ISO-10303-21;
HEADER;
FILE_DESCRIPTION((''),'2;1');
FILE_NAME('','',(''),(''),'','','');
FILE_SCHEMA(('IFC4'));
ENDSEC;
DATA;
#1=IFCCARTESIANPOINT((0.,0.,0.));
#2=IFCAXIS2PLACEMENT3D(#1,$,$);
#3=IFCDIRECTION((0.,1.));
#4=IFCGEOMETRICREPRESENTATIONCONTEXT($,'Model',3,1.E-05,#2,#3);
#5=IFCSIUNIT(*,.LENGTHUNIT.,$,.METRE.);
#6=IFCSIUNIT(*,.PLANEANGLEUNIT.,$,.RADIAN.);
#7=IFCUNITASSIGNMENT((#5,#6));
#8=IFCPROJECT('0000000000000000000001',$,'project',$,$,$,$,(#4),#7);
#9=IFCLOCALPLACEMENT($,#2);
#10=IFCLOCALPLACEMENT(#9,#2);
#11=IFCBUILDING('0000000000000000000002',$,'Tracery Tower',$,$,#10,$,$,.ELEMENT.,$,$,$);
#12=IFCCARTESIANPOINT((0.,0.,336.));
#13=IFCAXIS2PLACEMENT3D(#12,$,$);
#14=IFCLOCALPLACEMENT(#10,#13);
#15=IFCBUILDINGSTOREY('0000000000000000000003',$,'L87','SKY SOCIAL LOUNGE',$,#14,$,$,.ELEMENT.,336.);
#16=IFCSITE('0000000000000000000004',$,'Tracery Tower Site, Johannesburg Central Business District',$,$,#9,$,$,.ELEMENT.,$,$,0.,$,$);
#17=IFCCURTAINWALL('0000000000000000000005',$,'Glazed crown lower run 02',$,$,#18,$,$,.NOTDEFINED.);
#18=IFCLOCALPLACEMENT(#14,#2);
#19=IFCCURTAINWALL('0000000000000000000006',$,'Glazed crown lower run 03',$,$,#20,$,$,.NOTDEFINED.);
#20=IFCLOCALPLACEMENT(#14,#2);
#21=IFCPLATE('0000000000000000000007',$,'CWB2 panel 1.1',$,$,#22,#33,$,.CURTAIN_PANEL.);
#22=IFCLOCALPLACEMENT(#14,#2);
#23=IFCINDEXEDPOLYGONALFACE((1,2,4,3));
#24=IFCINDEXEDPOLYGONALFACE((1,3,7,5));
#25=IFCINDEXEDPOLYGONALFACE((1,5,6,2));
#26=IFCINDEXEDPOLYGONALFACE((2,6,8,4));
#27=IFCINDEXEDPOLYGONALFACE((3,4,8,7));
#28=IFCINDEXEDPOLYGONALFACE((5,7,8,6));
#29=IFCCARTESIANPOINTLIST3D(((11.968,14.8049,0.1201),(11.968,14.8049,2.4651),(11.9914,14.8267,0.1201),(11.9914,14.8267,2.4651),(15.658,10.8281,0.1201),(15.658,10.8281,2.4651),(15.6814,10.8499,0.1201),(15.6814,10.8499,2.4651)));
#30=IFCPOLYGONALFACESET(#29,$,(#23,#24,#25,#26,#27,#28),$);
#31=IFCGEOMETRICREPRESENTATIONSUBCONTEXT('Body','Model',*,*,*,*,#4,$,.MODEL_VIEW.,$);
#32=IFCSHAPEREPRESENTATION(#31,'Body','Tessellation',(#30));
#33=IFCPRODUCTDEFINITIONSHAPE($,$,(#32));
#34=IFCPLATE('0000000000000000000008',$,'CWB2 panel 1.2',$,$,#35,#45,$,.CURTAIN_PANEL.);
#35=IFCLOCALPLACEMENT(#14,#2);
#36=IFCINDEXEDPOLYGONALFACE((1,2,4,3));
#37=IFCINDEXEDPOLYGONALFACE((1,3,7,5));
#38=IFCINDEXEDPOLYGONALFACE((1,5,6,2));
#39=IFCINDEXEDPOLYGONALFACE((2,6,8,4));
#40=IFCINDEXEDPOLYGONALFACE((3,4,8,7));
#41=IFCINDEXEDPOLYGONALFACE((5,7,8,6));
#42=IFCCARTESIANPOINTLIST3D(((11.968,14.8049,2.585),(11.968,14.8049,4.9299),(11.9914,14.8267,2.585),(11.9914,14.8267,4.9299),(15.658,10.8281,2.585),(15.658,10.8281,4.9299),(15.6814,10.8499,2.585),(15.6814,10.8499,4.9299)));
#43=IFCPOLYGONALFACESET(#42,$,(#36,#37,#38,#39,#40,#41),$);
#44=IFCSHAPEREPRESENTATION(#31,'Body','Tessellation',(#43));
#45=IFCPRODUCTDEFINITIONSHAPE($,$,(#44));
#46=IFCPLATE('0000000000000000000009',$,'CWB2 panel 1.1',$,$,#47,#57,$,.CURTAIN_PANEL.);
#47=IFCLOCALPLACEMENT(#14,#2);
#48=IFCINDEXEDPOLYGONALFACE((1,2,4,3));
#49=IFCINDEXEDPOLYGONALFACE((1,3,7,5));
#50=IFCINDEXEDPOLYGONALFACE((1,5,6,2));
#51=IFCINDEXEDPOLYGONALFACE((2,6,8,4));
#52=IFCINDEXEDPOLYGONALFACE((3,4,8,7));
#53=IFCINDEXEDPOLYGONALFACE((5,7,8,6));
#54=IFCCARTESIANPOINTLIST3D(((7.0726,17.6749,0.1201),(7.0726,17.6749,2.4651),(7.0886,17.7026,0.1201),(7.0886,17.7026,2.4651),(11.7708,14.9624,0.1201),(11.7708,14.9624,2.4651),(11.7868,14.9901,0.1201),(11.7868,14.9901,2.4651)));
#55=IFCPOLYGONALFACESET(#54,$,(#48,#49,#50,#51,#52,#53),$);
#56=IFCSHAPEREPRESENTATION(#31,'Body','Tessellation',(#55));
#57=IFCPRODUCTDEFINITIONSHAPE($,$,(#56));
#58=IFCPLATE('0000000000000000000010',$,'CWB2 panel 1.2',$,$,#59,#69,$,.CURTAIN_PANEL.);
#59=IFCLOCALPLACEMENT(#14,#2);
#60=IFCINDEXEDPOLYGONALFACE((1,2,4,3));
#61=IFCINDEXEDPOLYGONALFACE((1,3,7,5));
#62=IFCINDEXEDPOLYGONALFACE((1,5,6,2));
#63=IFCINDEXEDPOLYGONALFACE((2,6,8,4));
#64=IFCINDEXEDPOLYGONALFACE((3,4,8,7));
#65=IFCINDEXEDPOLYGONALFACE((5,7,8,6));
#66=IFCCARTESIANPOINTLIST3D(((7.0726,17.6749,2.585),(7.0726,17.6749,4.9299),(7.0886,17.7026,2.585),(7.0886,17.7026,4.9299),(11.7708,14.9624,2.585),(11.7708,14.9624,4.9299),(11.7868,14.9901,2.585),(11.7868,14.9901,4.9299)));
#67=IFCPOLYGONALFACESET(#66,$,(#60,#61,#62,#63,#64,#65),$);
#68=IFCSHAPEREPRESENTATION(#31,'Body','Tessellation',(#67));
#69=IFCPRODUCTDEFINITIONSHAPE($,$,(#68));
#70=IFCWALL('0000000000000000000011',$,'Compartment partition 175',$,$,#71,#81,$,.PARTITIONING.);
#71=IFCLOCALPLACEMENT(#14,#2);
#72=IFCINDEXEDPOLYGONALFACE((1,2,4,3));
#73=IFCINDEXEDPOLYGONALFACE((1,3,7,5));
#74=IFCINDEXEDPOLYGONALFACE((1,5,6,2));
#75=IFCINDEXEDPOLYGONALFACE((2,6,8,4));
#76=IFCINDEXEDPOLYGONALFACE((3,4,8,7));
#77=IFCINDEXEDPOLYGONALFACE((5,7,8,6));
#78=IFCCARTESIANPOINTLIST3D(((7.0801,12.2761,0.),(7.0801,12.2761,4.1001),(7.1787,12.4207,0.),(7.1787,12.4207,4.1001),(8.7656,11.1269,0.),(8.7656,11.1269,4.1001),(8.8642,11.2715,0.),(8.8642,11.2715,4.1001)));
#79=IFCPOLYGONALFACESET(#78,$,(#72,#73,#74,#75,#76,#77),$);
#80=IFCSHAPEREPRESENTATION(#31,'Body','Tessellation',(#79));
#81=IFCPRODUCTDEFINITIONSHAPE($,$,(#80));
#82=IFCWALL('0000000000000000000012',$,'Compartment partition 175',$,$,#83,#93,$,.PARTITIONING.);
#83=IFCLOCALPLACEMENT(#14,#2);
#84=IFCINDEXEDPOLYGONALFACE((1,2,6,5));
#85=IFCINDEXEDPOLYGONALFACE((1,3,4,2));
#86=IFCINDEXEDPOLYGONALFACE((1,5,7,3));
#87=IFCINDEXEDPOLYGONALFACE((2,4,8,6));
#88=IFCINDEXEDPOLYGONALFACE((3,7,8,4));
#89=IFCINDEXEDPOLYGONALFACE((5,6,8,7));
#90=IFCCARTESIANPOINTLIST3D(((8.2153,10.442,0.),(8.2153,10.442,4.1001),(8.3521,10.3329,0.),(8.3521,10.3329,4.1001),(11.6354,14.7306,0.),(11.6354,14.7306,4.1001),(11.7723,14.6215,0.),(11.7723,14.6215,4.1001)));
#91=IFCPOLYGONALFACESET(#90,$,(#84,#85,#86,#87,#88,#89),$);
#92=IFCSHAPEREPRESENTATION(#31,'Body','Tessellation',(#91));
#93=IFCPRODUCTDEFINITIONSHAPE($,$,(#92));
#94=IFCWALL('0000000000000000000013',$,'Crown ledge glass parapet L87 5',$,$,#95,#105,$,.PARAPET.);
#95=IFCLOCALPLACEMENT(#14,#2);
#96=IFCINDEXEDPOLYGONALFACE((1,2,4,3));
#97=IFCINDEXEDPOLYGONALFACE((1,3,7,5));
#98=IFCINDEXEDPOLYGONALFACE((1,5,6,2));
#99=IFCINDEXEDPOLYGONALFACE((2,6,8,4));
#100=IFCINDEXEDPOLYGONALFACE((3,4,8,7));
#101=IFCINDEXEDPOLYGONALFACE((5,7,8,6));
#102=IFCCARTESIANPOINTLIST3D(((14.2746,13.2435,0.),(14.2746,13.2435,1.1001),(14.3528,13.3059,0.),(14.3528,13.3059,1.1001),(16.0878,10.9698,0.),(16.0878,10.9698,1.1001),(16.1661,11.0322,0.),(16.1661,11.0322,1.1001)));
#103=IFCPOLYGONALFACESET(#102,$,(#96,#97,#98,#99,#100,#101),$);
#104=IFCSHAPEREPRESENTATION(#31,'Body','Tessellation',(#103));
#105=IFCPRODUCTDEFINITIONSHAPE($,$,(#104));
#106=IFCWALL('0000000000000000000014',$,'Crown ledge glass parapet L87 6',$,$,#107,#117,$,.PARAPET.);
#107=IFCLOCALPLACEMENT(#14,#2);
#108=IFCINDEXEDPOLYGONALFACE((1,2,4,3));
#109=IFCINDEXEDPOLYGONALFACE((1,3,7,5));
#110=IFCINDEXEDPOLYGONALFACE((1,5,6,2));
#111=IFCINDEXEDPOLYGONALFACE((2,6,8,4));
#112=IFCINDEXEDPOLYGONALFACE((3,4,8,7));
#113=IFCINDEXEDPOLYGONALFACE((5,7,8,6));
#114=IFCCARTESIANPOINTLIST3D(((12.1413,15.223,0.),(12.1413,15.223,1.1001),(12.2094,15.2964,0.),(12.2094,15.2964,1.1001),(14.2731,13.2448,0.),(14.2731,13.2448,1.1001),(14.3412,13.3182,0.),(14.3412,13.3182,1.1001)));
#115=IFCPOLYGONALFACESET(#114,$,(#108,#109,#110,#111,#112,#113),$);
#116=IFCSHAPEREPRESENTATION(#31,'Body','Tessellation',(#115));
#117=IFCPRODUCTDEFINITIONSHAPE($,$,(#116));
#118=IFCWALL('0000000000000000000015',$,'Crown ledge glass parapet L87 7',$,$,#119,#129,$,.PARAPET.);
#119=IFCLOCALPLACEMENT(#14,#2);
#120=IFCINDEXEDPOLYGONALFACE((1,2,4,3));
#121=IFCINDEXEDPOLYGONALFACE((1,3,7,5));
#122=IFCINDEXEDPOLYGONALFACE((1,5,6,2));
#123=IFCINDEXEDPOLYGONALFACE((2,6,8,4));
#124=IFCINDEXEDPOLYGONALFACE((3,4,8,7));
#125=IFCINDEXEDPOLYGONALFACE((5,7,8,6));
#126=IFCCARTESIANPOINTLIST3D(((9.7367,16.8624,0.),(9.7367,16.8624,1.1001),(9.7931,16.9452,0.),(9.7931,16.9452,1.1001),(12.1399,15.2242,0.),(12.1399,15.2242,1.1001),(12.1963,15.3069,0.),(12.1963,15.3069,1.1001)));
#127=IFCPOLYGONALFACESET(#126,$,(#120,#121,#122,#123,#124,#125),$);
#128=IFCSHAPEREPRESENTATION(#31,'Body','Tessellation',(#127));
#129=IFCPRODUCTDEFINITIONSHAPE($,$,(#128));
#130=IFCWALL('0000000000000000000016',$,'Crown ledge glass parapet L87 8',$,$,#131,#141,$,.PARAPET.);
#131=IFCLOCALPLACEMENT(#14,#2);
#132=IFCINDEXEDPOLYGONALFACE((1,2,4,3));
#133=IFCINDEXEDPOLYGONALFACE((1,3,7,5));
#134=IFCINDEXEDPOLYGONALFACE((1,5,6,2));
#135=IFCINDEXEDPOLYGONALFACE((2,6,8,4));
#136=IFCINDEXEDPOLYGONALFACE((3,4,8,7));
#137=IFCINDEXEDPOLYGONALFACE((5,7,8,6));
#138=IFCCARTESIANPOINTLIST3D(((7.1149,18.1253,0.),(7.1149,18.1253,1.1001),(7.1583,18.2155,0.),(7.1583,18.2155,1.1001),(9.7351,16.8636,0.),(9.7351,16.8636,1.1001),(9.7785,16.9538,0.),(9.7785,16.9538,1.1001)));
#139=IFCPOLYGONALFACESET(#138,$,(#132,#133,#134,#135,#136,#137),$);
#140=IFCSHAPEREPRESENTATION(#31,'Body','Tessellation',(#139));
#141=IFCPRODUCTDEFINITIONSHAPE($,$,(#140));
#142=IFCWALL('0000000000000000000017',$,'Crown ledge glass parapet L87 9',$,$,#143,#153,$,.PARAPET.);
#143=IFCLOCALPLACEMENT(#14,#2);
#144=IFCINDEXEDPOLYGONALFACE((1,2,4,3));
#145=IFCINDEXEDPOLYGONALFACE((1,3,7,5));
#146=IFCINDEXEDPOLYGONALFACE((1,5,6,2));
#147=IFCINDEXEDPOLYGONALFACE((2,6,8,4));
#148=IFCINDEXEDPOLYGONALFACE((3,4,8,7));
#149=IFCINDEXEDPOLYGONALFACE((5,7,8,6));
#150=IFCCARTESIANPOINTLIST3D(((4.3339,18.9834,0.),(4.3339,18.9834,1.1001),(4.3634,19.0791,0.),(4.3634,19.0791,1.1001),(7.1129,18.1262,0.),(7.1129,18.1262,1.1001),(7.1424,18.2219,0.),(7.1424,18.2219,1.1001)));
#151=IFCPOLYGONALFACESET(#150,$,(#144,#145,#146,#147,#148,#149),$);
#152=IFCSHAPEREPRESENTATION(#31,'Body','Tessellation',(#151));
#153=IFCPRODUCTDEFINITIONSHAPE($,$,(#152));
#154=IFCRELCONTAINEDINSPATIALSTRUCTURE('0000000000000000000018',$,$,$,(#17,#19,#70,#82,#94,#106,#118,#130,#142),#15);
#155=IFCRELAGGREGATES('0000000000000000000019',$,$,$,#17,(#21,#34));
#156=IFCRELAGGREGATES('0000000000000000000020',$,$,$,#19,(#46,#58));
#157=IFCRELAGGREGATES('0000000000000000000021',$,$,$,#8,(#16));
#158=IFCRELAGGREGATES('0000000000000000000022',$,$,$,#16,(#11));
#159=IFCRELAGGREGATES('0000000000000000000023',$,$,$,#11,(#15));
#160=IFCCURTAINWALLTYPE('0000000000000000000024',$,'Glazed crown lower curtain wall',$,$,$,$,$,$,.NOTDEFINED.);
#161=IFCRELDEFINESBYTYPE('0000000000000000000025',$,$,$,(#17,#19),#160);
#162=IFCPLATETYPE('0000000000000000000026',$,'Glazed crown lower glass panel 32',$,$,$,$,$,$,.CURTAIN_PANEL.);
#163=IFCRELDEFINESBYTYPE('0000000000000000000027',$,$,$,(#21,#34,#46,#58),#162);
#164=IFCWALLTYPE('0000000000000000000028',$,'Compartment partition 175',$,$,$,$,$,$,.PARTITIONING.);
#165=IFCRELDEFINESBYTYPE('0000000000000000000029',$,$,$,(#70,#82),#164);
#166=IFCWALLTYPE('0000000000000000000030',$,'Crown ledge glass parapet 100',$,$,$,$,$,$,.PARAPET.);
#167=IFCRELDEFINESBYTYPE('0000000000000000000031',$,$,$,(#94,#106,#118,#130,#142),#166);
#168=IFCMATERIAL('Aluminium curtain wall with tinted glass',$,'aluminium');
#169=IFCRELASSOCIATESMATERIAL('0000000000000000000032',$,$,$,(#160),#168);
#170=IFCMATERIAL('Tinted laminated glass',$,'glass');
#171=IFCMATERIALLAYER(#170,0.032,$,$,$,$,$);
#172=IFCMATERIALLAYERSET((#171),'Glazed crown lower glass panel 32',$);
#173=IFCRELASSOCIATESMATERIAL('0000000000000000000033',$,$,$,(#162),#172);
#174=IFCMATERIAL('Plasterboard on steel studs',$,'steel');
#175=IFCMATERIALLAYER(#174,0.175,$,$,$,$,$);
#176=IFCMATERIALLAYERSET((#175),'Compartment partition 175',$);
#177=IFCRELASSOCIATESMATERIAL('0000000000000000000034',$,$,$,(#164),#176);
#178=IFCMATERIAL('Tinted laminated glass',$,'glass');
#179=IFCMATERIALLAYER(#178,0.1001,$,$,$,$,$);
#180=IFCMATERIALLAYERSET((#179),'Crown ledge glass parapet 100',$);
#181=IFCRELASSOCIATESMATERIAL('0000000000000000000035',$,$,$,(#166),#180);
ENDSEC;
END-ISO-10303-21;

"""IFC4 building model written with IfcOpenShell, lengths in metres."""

from ifc_helpers import new_model, si_unit, direction, frame, frame_2d, origin, origin_2d, place, context, subcontext, project, spatial, rectangle, extrude, material, layer, layer_set, type_object, element, aggregate, save


model = new_model("IFC4")

# Units and contexts
model_context = context("Model", 3, precision=1e-05, world=origin(), true_north=direction((0.0, 1.0)))
body_context = subcontext(model_context, "Body", "Model", "MODEL_VIEW")
ifc_project = project(units=[si_unit("LENGTHUNIT", "METRE"), si_unit("PLANEANGLEUNIT", "RADIAN")], contexts=[model_context])

# Site, building, storey
site_placement = place(None, origin())
site = spatial("IfcSite", under=ifc_project, at=site_placement, Name="Tracery Tower Site, Johannesburg Central Business District", CompositionType="ELEMENT", RefElevation=0.0)
building_placement = place(site_placement, origin())
building = spatial("IfcBuilding", under=site, at=building_placement, Name="Tracery Tower", CompositionType="ELEMENT")
storey_placement = place(building_placement, frame((0.0, 0.0, 336.0)))
storey = spatial("IfcBuildingStorey", under=building, at=storey_placement, Name="L87", Description="SKY SOCIAL LOUNGE", CompositionType="ELEMENT", Elevation=336.0)

# Curtain wall
ifc_material_1 = material(Name="Aluminium curtain wall with tinted glass", Category="aluminium")
curtain_wall_type = type_object("IfcCurtainWallType", Name="Glazed crown lower curtain wall", PredefinedType="NOTDEFINED", material=ifc_material_1)
curtain_wall_1_placement = place(storey_placement, origin())
curtain_wall_1 = element("IfcCurtainWall", 1, at=curtain_wall_1_placement, inside=storey, type_object=curtain_wall_type, Name="Glazed crown lower run 02", PredefinedType="NOTDEFINED")

# Curtain wall
curtain_wall_2_placement = place(storey_placement, origin())
curtain_wall_2 = element("IfcCurtainWall", 2, at=curtain_wall_2_placement, inside=storey, type_object=curtain_wall_type, Name="Glazed crown lower run 03", PredefinedType="NOTDEFINED")

# Plates
ifc_material_2 = material(Name="Tinted laminated glass", Category="glass")
ifc_layer_1 = layer(ifc_material_2, 0.032)
ifc_layer_set_1 = layer_set([ifc_layer_1], Name="Glazed crown lower glass panel 32")
plate_type = type_object("IfcPlateType", Name="Glazed crown lower glass panel 32", PredefinedType="CURTAIN_PANEL", material=ifc_layer_set_1)
plate_1_placement = place(storey_placement, frame((13.8247, 12.8274, 0.1201), z_axis=(0.0, 0.0, 1.0), x_axis=(-0.680181, 0.733044, 0.0)))
plate_1 = element("IfcPlate", 3, at=plate_1_placement, type_object=plate_type, Name="CWB2 panel 1.1", PredefinedType="CURTAIN_PANEL", context=body_context, shape_type="SweptSolid", body=[
    extrude(rectangle(XDim=5.425, YDim=0.032, at=origin_2d()), origin(), (0.0, 0.0, 1.0), 2.345),
])
plate_2_placement = place(storey_placement, frame((13.8247, 12.8274, 2.585), z_axis=(0.0, 0.0, 1.0), x_axis=(-0.680181, 0.733044, 0.0)))
plate_2 = element("IfcPlate", 4, at=plate_2_placement, type_object=plate_type, Name="CWB2 panel 1.2", PredefinedType="CURTAIN_PANEL", context=body_context, shape_type="SweptSolid", body=[
    extrude(rectangle(XDim=5.425, YDim=0.032, at=origin_2d()), origin(), (0.0, 0.0, 1.0), 2.345),
])
aggregate(curtain_wall_1, [plate_1, plate_2])
plate_3_placement = place(storey_placement, frame((9.4297, 16.3325, 0.1201), z_axis=(0.0, 0.0, 1.0), x_axis=(-0.866023, 0.500004, 0.0)))
plate_3 = element("IfcPlate", 5, at=plate_3_placement, type_object=plate_type, Name="CWB2 panel 1.1", PredefinedType="CURTAIN_PANEL", context=body_context, shape_type="SweptSolid", body=[
    extrude(rectangle(XDim=5.425, YDim=0.032, at=origin_2d()), origin(), (0.0, 0.0, 1.0), 2.345),
])
plate_4_placement = place(storey_placement, frame((9.4297, 16.3325, 2.585), z_axis=(0.0, 0.0, 1.0), x_axis=(-0.866023, 0.500004, 0.0)))
plate_4 = element("IfcPlate", 6, at=plate_4_placement, type_object=plate_type, Name="CWB2 panel 1.2", PredefinedType="CURTAIN_PANEL", context=body_context, shape_type="SweptSolid", body=[
    extrude(rectangle(XDim=5.425, YDim=0.032, at=origin_2d()), origin(), (0.0, 0.0, 1.0), 2.345),
])
aggregate(curtain_wall_2, [plate_3, plate_4])

# Walls
ifc_material_3 = material(Name="Plasterboard on steel studs", Category="steel")
ifc_layer_2 = layer(ifc_material_3, 0.175)
ifc_layer_set_2 = layer_set([ifc_layer_2], Name="Compartment partition 175")
wall_type_1 = type_object("IfcWallType", Name="Compartment partition 175", PredefinedType="PARTITIONING", material=ifc_layer_set_2)
wall_1_placement = place(storey_placement, frame((8.8149, 11.1992, 0.0), z_axis=(0.0, 0.0, 1.0), x_axis=(-0.826243, 0.563315, 0.0)))
element("IfcWall", 7, at=wall_1_placement, inside=storey, type_object=wall_type_1, Name="Compartment partition 175", PredefinedType="PARTITIONING", context=body_context, shape_type="SweptSolid", body=[
    extrude(rectangle(XDim=2.04, YDim=0.175, at=frame_2d((1.02, 0.0))), origin(), (0.0, 0.0, 1.0), 4.1001),
])
wall_2_placement = place(storey_placement, frame((11.7039, 14.676, 0.0), z_axis=(0.0, 0.0, 1.0), x_axis=(-0.623506, -0.781819, 0.0)))
element("IfcWall", 8, at=wall_2_placement, inside=storey, type_object=wall_type_1, Name="Compartment partition 175", PredefinedType="PARTITIONING", context=body_context, shape_type="SweptSolid", body=[
    extrude(rectangle(XDim=5.4854, YDim=0.175, at=frame_2d((2.7427, 0.0))), origin(), (0.0, 0.0, 1.0), 4.1001),
])
ifc_material_4 = material(Name="Tinted laminated glass", Category="glass")
ifc_layer_3 = layer(ifc_material_4, 0.1001)
ifc_layer_set_3 = layer_set([ifc_layer_3], Name="Crown ledge glass parapet 100")
wall_type_2 = type_object("IfcWallType", Name="Crown ledge glass parapet 100", PredefinedType="PARAPET", material=ifc_layer_set_3)
for number, where, z_axis, x_axis, name in (
    (9, (16.127, 11.001, 0.0), (0.0, 0.0, 1.0), (-0.623496, 0.781826, 0.0), "Crown ledge glass parapet L87 5"),
    (10, (14.3071, 13.2815, 0.0), (0.0, 0.0, 1.0), (-0.733015, 0.680213, 0.0), "Crown ledge glass parapet L87 6"),
):
    element("IfcWall", number, at=place(storey_placement, frame(where, z_axis=z_axis, x_axis=x_axis)), inside=storey, type_object=wall_type_2, Name=name, PredefinedType="PARAPET", context=body_context, shape_type="SweptSolid", body=[
        extrude(rectangle(XDim=2.9082, YDim=0.1001, at=frame_2d((1.4541, 0.0))), origin(), (0.0, 0.0, 1.0), 1.1001),
    ])
wall_3_placement = place(storey_placement, frame((12.168, 15.2656, 0.0), z_axis=(0.0, 0.0, 1.0), x_axis=(-0.826272, 0.563272, 0.0)))
element("IfcWall", 11, at=wall_3_placement, inside=storey, type_object=wall_type_2, Name="Crown ledge glass parapet L87 7", PredefinedType="PARAPET", context=body_context, shape_type="SweptSolid", body=[
    extrude(rectangle(XDim=2.9084, YDim=0.1001, at=frame_2d((1.4541, 0.0))), origin(), (0.0, 0.0, 1.0), 1.1001),
])
for number, where, z_axis, x_axis, name in (
    (12, (9.7568, 16.9087, 0.0), (0.0, 0.0, 1.0), (-0.900993, 0.433833, 0.0), "Crown ledge glass parapet L87 8"),
    (13, (7.1277, 18.1741, 0.0), (0.0, 0.0, 1.0), (-0.955577, 0.294741, 0.0), "Crown ledge glass parapet L87 9"),
):
    element("IfcWall", number, at=place(storey_placement, frame(where, z_axis=z_axis, x_axis=x_axis)), inside=storey, type_object=wall_type_2, Name=name, PredefinedType="PARAPET", context=body_context, shape_type="SweptSolid", body=[
        extrude(rectangle(XDim=2.9082, YDim=0.1001, at=frame_2d((1.4541, 0.0))), origin(), (0.0, 0.0, 1.0), 1.1001),
    ])

save(model, "model.ifc")
